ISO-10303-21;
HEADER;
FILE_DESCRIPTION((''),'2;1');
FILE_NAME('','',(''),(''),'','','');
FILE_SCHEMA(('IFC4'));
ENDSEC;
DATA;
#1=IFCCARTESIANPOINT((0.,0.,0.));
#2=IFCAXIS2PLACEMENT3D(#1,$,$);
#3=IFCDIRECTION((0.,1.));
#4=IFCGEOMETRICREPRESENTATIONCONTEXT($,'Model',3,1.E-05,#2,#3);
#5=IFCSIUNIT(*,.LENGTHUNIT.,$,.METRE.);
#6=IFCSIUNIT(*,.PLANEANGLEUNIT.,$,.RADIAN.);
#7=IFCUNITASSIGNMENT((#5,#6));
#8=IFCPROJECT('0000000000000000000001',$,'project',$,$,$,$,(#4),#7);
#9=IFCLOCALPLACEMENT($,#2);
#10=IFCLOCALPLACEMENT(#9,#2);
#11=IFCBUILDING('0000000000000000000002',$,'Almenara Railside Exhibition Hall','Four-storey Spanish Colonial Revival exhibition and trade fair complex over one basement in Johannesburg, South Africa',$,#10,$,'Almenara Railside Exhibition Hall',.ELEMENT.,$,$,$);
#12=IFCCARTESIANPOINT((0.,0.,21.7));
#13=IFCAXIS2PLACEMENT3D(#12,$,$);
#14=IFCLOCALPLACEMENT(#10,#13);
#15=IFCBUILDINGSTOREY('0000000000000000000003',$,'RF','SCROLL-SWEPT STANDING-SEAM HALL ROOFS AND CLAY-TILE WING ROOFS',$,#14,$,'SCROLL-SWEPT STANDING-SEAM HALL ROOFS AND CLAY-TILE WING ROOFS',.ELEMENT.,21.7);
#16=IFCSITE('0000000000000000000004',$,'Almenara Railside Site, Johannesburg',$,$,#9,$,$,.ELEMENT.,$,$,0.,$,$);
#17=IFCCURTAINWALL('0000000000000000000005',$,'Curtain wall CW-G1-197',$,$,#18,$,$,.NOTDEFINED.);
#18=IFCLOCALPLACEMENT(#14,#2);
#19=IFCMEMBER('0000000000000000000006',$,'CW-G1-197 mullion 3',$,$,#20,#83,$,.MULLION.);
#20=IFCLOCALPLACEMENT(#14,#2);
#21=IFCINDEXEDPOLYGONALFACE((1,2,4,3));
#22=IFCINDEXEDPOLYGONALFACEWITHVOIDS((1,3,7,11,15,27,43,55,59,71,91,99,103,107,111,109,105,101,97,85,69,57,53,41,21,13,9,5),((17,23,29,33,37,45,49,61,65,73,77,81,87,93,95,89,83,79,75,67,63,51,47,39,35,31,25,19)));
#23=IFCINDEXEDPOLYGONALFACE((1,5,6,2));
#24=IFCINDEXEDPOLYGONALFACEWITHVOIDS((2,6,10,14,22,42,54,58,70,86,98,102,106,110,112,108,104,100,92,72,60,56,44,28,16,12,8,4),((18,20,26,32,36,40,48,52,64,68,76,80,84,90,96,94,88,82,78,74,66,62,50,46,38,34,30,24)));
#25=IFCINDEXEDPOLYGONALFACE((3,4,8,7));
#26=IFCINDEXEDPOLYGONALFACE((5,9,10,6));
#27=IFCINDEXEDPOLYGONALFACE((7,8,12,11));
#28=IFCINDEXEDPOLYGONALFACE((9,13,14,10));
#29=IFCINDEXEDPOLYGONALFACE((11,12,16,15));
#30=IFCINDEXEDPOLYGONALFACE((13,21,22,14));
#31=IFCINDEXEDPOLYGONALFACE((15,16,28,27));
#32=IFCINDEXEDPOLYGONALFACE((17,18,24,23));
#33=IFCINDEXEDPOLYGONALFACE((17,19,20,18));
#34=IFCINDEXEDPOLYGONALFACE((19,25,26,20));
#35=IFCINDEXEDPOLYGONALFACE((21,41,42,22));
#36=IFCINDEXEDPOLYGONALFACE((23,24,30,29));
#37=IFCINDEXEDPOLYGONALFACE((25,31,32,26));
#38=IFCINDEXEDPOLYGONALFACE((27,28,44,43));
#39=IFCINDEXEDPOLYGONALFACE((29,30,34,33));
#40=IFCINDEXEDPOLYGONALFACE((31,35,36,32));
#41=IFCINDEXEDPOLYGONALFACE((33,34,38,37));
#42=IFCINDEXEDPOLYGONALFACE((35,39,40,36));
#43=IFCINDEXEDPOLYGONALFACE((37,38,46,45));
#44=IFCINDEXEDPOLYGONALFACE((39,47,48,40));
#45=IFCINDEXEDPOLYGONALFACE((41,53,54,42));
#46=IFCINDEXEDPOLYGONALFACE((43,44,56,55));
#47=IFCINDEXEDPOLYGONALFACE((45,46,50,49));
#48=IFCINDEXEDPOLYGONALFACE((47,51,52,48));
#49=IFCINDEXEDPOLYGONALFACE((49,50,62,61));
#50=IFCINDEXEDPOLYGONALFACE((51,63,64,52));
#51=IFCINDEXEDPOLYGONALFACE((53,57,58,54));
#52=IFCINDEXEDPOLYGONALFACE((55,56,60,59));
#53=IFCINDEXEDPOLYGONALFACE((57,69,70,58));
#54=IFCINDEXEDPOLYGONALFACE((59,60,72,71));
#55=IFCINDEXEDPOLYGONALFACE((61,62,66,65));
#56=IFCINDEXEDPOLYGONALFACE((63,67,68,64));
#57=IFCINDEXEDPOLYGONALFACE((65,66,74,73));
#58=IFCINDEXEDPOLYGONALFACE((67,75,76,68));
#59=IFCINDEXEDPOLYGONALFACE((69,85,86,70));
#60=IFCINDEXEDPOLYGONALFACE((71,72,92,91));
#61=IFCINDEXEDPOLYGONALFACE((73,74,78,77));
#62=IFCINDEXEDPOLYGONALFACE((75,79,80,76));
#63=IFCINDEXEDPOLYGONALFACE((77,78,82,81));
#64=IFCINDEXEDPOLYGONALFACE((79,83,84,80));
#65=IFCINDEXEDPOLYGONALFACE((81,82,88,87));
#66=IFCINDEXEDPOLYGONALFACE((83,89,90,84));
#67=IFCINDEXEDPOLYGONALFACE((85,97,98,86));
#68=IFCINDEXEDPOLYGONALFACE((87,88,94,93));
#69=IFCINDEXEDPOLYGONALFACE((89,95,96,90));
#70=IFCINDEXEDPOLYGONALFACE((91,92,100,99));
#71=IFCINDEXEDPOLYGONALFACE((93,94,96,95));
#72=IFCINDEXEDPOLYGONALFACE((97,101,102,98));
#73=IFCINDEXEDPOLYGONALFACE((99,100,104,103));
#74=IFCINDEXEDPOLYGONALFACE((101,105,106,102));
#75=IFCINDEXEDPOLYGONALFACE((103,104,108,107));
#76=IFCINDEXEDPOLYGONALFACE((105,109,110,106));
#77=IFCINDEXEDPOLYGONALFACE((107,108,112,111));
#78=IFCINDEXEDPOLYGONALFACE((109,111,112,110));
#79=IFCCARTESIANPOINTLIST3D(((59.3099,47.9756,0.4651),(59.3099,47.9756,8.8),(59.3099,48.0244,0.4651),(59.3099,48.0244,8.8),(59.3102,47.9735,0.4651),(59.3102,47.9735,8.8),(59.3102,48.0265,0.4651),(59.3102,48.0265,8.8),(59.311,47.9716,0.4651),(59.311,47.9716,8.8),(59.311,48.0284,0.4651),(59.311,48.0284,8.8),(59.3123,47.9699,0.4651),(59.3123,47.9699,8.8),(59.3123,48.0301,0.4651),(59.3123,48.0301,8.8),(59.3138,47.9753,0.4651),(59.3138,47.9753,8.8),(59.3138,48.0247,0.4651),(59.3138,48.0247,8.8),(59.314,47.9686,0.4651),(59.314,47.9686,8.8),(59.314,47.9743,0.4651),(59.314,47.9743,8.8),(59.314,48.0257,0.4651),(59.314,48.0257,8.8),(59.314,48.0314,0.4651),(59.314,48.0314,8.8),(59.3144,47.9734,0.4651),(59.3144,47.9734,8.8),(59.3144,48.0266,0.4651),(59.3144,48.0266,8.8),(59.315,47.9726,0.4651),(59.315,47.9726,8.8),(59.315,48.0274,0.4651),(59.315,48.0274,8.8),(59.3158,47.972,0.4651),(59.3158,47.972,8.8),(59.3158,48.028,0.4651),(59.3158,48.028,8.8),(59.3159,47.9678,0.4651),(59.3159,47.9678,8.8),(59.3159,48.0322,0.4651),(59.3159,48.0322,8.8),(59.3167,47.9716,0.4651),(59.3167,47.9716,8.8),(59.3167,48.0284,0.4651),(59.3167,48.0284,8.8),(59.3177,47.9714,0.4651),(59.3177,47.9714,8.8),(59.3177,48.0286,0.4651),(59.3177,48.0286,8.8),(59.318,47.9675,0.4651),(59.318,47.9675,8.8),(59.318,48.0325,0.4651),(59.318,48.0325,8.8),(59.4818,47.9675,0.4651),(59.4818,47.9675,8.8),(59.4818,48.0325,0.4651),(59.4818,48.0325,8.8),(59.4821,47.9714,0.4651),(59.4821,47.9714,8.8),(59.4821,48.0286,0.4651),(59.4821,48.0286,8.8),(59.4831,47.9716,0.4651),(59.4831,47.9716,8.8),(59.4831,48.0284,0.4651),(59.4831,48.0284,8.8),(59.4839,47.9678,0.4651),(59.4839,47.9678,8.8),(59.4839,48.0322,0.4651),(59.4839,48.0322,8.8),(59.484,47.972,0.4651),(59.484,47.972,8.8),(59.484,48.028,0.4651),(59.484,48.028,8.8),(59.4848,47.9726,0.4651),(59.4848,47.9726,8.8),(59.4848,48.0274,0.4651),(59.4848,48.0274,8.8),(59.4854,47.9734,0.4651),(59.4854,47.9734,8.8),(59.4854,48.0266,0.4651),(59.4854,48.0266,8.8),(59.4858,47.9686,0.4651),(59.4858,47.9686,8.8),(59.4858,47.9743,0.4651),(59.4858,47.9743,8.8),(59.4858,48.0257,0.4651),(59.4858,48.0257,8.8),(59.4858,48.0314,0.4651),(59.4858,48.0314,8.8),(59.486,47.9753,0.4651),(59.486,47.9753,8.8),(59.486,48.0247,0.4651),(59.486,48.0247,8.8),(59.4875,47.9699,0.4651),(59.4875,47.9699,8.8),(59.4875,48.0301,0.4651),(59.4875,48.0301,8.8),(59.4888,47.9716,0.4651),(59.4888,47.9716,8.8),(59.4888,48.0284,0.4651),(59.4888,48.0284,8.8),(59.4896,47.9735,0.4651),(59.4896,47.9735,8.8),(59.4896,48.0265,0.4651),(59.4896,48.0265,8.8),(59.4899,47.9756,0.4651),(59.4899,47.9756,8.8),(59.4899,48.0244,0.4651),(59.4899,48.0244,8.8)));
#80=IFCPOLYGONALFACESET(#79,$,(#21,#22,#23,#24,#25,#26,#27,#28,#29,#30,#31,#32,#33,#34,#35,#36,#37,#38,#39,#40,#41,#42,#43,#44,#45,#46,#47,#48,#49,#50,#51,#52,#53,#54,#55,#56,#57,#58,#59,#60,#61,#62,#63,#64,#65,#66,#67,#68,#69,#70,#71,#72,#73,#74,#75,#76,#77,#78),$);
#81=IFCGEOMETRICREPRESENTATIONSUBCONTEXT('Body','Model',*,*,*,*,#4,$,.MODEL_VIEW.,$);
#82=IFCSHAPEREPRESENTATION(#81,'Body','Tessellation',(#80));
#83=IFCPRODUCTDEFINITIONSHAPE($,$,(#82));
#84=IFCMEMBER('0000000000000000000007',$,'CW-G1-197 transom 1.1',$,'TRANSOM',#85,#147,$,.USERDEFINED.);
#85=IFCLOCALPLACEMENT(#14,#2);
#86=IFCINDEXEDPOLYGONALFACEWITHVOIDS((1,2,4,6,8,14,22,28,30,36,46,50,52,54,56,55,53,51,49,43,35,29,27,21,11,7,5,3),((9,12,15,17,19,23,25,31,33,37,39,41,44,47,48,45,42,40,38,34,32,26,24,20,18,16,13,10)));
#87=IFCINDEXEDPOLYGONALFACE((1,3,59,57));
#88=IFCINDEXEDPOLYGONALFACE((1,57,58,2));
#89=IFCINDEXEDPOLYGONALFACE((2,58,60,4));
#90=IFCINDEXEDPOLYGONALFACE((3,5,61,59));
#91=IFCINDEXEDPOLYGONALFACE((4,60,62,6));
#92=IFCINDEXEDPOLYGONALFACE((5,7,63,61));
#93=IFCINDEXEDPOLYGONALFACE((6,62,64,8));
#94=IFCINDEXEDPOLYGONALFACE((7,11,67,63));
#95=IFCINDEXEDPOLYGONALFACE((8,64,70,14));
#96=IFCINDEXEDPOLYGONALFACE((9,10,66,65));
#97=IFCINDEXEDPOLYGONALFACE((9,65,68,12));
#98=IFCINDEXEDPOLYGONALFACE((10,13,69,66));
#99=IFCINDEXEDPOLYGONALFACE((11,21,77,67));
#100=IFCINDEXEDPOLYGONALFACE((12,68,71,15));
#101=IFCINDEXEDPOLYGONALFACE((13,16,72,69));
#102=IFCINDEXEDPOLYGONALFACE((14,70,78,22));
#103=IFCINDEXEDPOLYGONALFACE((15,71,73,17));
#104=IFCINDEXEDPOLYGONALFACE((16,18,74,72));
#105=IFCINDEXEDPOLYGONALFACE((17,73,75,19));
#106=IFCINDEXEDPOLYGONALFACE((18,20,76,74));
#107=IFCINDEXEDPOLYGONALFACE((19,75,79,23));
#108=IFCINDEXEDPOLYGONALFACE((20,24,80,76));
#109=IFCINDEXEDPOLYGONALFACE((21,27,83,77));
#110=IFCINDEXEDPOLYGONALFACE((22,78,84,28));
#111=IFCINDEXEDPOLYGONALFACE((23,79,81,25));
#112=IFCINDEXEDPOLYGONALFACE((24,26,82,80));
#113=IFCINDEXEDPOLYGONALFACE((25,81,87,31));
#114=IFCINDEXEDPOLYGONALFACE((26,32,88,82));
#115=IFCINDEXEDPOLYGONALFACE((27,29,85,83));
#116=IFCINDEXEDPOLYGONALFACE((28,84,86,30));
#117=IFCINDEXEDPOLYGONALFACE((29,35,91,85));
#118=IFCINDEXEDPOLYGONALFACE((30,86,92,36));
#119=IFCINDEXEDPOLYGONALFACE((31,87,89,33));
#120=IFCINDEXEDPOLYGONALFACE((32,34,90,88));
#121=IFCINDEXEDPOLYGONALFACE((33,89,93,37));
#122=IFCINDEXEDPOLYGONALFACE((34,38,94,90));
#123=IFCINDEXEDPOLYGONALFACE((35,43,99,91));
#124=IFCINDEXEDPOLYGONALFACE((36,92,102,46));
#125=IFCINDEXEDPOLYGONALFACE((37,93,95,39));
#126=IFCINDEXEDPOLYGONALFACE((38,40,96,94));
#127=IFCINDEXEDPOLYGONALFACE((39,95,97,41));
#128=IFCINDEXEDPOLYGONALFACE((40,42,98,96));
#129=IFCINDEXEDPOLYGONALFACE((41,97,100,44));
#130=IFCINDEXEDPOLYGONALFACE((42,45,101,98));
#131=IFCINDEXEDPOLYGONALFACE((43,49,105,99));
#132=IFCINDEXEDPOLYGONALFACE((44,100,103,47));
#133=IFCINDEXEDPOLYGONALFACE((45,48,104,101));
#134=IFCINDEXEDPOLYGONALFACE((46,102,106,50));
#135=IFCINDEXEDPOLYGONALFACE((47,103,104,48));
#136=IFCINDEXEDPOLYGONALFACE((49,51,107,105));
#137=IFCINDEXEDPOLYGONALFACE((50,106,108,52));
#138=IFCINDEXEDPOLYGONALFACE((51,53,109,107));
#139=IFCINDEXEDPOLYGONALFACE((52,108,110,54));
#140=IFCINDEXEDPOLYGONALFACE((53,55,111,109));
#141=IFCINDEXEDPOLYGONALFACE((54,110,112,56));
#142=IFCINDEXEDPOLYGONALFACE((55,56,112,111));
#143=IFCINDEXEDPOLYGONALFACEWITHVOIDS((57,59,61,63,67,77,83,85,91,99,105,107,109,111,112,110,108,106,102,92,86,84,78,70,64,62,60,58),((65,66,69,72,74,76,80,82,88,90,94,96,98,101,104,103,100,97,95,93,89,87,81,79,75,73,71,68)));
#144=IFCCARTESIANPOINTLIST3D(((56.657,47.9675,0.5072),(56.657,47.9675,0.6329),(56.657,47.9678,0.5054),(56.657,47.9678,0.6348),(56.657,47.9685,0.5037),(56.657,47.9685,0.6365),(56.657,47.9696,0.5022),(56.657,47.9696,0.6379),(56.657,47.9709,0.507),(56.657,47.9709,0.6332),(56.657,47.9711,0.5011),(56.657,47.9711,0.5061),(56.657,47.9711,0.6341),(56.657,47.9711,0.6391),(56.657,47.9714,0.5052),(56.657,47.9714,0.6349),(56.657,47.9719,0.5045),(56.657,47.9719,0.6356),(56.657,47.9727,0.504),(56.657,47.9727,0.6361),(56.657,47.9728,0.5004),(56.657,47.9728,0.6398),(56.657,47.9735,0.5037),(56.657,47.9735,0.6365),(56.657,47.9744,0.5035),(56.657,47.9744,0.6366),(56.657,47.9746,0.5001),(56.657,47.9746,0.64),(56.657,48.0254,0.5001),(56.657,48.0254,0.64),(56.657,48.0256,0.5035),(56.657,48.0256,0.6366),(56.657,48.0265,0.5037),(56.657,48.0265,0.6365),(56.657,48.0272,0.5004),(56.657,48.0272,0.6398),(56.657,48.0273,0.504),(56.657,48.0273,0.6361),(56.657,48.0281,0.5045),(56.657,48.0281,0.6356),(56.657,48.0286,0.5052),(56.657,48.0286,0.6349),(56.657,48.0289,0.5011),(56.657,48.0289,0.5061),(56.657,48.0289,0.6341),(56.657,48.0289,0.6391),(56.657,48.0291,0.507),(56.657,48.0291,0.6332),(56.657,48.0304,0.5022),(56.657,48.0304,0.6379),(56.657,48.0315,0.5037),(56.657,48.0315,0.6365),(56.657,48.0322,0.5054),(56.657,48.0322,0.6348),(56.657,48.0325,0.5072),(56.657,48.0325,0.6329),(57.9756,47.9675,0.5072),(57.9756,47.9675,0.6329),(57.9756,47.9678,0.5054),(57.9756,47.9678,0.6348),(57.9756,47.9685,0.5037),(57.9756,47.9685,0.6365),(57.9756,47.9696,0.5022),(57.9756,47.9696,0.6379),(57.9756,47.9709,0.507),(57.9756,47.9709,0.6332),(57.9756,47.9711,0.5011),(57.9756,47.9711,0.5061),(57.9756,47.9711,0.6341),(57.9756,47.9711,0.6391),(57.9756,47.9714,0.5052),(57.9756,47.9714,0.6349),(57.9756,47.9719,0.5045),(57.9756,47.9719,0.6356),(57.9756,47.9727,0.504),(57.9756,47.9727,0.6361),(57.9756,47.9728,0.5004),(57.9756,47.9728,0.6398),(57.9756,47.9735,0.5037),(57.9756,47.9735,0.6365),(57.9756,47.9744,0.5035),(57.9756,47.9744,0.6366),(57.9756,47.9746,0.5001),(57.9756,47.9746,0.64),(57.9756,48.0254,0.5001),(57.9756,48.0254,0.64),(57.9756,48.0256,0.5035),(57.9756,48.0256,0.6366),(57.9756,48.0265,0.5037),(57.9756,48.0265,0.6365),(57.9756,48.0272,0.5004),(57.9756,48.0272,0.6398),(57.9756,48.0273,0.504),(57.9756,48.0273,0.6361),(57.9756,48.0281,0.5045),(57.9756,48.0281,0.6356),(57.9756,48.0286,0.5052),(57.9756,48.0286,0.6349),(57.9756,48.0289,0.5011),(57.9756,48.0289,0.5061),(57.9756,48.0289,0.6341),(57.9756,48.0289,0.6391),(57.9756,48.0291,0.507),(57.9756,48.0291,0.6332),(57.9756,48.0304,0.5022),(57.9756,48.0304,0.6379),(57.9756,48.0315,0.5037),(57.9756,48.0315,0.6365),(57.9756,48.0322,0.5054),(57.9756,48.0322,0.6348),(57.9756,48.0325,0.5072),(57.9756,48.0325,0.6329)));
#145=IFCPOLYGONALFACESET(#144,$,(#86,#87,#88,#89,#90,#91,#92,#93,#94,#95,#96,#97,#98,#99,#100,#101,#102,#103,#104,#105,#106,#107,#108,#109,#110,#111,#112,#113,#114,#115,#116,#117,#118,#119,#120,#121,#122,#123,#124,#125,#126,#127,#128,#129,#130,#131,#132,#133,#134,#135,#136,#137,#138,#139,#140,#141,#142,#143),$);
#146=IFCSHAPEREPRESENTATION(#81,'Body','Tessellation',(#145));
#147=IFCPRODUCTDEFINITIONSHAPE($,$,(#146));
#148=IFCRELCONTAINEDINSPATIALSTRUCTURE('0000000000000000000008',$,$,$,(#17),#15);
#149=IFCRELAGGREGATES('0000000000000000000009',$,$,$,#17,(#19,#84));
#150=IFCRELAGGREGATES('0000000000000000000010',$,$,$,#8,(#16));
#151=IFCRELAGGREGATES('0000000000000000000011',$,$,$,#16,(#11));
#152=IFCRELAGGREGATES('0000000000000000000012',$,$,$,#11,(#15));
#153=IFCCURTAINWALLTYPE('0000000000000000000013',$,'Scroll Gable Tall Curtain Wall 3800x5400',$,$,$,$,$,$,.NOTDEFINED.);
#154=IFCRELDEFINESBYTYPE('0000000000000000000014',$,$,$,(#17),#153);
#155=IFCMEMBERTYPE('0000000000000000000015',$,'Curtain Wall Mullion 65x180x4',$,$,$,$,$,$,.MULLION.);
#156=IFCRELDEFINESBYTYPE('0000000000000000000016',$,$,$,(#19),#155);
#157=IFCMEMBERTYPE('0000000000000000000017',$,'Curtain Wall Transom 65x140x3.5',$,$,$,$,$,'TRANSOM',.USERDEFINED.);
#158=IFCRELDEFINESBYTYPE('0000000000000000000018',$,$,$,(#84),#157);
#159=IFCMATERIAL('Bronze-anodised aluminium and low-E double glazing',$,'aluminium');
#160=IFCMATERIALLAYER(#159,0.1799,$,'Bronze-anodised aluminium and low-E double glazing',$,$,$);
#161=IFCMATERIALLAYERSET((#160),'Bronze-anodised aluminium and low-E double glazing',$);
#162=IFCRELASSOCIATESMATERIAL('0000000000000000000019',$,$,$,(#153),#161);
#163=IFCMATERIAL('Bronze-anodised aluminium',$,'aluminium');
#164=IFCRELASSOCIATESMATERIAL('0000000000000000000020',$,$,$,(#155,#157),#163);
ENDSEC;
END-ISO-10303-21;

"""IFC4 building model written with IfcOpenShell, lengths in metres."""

from ifc_helpers import new_model, si_unit, direction, frame, origin, origin_2d, place, context, subcontext, project, spatial, hollow_rectangle, extrude, material, layer, layer_set, material_profile, profile_set, type_object, element, aggregate, save


model = new_model("IFC4")

# Units and contexts
model_context = context("Model", 3, precision=1e-05, world=origin(), true_north=direction((0.0, 1.0)))
body_context = subcontext(model_context, "Body", "Model", "MODEL_VIEW")
ifc_project = project(units=[si_unit("LENGTHUNIT", "METRE"), si_unit("PLANEANGLEUNIT", "RADIAN")], contexts=[model_context])

# Site, building, storey
site_placement = place(None, origin())
site = spatial("IfcSite", under=ifc_project, at=site_placement, Name="Almenara Railside Site, Johannesburg", CompositionType="ELEMENT", RefElevation=0.0)
building_placement = place(site_placement, origin())
building = spatial("IfcBuilding", under=site, at=building_placement, Name="Almenara Railside Exhibition Hall", Description="Four-storey Spanish Colonial Revival exhibition and trade fair complex over one basement in Johannesburg, South Africa", LongName="Almenara Railside Exhibition Hall", CompositionType="ELEMENT")
storey_placement = place(building_placement, frame((0.0, 0.0, 21.7)))
storey = spatial("IfcBuildingStorey", under=building, at=storey_placement, Name="RF", Description="SCROLL-SWEPT STANDING-SEAM HALL ROOFS AND CLAY-TILE WING ROOFS", LongName="SCROLL-SWEPT STANDING-SEAM HALL ROOFS AND CLAY-TILE WING ROOFS", CompositionType="ELEMENT", Elevation=21.7)

# Curtain wall, members
ifc_material_1 = material(Name="Bronze-anodised aluminium and low-E double glazing", Category="aluminium")
ifc_layer_1 = layer(ifc_material_1, 0.1799, Name="Bronze-anodised aluminium and low-E double glazing")
ifc_layer_set_1 = layer_set([ifc_layer_1], Name="Bronze-anodised aluminium and low-E double glazing")
curtain_wall_type = type_object("IfcCurtainWallType", Name="Scroll Gable Tall Curtain Wall 3800x5400", PredefinedType="NOTDEFINED", material=ifc_layer_set_1)
curtain_wall_placement = place(storey_placement, origin())
curtain_wall = element("IfcCurtainWall", 1, at=curtain_wall_placement, inside=storey, type_object=curtain_wall_type, Name="Curtain wall CW-G1-197", PredefinedType="NOTDEFINED")
ifc_material_2 = material(Name="Bronze-anodised aluminium", Category="aluminium")
ifc_material_profile_1 = material_profile(ifc_material_2, hollow_rectangle(XDim=0.0649, YDim=0.1799, WallThickness=0.0039, InnerFilletRadius=0.0039, OuterFilletRadius=0.0081, at=origin_2d()), Name="ALU-MUL 65x180x4")
ifc_profile_set_1 = profile_set([ifc_material_profile_1], Name="Bronze-anodised aluminium")
member_type_1 = type_object("IfcMemberType", Name="Curtain Wall Mullion 65x180x4", PredefinedType="MULLION", material=ifc_profile_set_1)
member_1_placement = place(storey_placement, frame((59.3999, 48.0, 0.4651), z_axis=(0.0, 0.0, 1.0), x_axis=(0.0, 1.0, 0.0)))
member_1 = element("IfcMember", 2, at=member_1_placement, type_object=member_type_1, Name="CW-G1-197 mullion 3", PredefinedType="MULLION", context=body_context, shape_type="SweptSolid", body=[
    extrude(hollow_rectangle(XDim=0.0649, YDim=0.1799, WallThickness=0.0039, InnerFilletRadius=0.0039, OuterFilletRadius=0.0081, at=origin_2d()), origin(), (0.0, 0.0, 1.0), 8.335),
])
ifc_material_profile_2 = material_profile(ifc_material_2, hollow_rectangle(XDim=0.0649, YDim=0.1399, WallThickness=0.0034, InnerFilletRadius=0.0034, OuterFilletRadius=0.0071, at=origin_2d()), Name="ALU-TRN 65x140x3.5")
ifc_profile_set_2 = profile_set([ifc_material_profile_2], Name="Bronze-anodised aluminium")
member_type_2 = type_object("IfcMemberType", Name="Curtain Wall Transom 65x140x3.5", ElementType="TRANSOM", PredefinedType="USERDEFINED", material=ifc_profile_set_2)
member_2_placement = place(storey_placement, frame((56.657, 48.0, 0.5701), z_axis=(1.0, 0.0, 0.0), x_axis=(0.0, 1.0, 0.0)))
member_2 = element("IfcMember", 3, at=member_2_placement, type_object=member_type_2, Name="CW-G1-197 transom 1.1", ObjectType="TRANSOM", PredefinedType="USERDEFINED", context=body_context, shape_type="SweptSolid", body=[
    extrude(hollow_rectangle(XDim=0.0649, YDim=0.1399, WallThickness=0.0034, InnerFilletRadius=0.0034, OuterFilletRadius=0.0071, at=origin_2d()), origin(), (0.0, 0.0, 1.0), 1.3186),
])

aggregate(curtain_wall, [member_1, member_2])

save(model, "model.ifc")
